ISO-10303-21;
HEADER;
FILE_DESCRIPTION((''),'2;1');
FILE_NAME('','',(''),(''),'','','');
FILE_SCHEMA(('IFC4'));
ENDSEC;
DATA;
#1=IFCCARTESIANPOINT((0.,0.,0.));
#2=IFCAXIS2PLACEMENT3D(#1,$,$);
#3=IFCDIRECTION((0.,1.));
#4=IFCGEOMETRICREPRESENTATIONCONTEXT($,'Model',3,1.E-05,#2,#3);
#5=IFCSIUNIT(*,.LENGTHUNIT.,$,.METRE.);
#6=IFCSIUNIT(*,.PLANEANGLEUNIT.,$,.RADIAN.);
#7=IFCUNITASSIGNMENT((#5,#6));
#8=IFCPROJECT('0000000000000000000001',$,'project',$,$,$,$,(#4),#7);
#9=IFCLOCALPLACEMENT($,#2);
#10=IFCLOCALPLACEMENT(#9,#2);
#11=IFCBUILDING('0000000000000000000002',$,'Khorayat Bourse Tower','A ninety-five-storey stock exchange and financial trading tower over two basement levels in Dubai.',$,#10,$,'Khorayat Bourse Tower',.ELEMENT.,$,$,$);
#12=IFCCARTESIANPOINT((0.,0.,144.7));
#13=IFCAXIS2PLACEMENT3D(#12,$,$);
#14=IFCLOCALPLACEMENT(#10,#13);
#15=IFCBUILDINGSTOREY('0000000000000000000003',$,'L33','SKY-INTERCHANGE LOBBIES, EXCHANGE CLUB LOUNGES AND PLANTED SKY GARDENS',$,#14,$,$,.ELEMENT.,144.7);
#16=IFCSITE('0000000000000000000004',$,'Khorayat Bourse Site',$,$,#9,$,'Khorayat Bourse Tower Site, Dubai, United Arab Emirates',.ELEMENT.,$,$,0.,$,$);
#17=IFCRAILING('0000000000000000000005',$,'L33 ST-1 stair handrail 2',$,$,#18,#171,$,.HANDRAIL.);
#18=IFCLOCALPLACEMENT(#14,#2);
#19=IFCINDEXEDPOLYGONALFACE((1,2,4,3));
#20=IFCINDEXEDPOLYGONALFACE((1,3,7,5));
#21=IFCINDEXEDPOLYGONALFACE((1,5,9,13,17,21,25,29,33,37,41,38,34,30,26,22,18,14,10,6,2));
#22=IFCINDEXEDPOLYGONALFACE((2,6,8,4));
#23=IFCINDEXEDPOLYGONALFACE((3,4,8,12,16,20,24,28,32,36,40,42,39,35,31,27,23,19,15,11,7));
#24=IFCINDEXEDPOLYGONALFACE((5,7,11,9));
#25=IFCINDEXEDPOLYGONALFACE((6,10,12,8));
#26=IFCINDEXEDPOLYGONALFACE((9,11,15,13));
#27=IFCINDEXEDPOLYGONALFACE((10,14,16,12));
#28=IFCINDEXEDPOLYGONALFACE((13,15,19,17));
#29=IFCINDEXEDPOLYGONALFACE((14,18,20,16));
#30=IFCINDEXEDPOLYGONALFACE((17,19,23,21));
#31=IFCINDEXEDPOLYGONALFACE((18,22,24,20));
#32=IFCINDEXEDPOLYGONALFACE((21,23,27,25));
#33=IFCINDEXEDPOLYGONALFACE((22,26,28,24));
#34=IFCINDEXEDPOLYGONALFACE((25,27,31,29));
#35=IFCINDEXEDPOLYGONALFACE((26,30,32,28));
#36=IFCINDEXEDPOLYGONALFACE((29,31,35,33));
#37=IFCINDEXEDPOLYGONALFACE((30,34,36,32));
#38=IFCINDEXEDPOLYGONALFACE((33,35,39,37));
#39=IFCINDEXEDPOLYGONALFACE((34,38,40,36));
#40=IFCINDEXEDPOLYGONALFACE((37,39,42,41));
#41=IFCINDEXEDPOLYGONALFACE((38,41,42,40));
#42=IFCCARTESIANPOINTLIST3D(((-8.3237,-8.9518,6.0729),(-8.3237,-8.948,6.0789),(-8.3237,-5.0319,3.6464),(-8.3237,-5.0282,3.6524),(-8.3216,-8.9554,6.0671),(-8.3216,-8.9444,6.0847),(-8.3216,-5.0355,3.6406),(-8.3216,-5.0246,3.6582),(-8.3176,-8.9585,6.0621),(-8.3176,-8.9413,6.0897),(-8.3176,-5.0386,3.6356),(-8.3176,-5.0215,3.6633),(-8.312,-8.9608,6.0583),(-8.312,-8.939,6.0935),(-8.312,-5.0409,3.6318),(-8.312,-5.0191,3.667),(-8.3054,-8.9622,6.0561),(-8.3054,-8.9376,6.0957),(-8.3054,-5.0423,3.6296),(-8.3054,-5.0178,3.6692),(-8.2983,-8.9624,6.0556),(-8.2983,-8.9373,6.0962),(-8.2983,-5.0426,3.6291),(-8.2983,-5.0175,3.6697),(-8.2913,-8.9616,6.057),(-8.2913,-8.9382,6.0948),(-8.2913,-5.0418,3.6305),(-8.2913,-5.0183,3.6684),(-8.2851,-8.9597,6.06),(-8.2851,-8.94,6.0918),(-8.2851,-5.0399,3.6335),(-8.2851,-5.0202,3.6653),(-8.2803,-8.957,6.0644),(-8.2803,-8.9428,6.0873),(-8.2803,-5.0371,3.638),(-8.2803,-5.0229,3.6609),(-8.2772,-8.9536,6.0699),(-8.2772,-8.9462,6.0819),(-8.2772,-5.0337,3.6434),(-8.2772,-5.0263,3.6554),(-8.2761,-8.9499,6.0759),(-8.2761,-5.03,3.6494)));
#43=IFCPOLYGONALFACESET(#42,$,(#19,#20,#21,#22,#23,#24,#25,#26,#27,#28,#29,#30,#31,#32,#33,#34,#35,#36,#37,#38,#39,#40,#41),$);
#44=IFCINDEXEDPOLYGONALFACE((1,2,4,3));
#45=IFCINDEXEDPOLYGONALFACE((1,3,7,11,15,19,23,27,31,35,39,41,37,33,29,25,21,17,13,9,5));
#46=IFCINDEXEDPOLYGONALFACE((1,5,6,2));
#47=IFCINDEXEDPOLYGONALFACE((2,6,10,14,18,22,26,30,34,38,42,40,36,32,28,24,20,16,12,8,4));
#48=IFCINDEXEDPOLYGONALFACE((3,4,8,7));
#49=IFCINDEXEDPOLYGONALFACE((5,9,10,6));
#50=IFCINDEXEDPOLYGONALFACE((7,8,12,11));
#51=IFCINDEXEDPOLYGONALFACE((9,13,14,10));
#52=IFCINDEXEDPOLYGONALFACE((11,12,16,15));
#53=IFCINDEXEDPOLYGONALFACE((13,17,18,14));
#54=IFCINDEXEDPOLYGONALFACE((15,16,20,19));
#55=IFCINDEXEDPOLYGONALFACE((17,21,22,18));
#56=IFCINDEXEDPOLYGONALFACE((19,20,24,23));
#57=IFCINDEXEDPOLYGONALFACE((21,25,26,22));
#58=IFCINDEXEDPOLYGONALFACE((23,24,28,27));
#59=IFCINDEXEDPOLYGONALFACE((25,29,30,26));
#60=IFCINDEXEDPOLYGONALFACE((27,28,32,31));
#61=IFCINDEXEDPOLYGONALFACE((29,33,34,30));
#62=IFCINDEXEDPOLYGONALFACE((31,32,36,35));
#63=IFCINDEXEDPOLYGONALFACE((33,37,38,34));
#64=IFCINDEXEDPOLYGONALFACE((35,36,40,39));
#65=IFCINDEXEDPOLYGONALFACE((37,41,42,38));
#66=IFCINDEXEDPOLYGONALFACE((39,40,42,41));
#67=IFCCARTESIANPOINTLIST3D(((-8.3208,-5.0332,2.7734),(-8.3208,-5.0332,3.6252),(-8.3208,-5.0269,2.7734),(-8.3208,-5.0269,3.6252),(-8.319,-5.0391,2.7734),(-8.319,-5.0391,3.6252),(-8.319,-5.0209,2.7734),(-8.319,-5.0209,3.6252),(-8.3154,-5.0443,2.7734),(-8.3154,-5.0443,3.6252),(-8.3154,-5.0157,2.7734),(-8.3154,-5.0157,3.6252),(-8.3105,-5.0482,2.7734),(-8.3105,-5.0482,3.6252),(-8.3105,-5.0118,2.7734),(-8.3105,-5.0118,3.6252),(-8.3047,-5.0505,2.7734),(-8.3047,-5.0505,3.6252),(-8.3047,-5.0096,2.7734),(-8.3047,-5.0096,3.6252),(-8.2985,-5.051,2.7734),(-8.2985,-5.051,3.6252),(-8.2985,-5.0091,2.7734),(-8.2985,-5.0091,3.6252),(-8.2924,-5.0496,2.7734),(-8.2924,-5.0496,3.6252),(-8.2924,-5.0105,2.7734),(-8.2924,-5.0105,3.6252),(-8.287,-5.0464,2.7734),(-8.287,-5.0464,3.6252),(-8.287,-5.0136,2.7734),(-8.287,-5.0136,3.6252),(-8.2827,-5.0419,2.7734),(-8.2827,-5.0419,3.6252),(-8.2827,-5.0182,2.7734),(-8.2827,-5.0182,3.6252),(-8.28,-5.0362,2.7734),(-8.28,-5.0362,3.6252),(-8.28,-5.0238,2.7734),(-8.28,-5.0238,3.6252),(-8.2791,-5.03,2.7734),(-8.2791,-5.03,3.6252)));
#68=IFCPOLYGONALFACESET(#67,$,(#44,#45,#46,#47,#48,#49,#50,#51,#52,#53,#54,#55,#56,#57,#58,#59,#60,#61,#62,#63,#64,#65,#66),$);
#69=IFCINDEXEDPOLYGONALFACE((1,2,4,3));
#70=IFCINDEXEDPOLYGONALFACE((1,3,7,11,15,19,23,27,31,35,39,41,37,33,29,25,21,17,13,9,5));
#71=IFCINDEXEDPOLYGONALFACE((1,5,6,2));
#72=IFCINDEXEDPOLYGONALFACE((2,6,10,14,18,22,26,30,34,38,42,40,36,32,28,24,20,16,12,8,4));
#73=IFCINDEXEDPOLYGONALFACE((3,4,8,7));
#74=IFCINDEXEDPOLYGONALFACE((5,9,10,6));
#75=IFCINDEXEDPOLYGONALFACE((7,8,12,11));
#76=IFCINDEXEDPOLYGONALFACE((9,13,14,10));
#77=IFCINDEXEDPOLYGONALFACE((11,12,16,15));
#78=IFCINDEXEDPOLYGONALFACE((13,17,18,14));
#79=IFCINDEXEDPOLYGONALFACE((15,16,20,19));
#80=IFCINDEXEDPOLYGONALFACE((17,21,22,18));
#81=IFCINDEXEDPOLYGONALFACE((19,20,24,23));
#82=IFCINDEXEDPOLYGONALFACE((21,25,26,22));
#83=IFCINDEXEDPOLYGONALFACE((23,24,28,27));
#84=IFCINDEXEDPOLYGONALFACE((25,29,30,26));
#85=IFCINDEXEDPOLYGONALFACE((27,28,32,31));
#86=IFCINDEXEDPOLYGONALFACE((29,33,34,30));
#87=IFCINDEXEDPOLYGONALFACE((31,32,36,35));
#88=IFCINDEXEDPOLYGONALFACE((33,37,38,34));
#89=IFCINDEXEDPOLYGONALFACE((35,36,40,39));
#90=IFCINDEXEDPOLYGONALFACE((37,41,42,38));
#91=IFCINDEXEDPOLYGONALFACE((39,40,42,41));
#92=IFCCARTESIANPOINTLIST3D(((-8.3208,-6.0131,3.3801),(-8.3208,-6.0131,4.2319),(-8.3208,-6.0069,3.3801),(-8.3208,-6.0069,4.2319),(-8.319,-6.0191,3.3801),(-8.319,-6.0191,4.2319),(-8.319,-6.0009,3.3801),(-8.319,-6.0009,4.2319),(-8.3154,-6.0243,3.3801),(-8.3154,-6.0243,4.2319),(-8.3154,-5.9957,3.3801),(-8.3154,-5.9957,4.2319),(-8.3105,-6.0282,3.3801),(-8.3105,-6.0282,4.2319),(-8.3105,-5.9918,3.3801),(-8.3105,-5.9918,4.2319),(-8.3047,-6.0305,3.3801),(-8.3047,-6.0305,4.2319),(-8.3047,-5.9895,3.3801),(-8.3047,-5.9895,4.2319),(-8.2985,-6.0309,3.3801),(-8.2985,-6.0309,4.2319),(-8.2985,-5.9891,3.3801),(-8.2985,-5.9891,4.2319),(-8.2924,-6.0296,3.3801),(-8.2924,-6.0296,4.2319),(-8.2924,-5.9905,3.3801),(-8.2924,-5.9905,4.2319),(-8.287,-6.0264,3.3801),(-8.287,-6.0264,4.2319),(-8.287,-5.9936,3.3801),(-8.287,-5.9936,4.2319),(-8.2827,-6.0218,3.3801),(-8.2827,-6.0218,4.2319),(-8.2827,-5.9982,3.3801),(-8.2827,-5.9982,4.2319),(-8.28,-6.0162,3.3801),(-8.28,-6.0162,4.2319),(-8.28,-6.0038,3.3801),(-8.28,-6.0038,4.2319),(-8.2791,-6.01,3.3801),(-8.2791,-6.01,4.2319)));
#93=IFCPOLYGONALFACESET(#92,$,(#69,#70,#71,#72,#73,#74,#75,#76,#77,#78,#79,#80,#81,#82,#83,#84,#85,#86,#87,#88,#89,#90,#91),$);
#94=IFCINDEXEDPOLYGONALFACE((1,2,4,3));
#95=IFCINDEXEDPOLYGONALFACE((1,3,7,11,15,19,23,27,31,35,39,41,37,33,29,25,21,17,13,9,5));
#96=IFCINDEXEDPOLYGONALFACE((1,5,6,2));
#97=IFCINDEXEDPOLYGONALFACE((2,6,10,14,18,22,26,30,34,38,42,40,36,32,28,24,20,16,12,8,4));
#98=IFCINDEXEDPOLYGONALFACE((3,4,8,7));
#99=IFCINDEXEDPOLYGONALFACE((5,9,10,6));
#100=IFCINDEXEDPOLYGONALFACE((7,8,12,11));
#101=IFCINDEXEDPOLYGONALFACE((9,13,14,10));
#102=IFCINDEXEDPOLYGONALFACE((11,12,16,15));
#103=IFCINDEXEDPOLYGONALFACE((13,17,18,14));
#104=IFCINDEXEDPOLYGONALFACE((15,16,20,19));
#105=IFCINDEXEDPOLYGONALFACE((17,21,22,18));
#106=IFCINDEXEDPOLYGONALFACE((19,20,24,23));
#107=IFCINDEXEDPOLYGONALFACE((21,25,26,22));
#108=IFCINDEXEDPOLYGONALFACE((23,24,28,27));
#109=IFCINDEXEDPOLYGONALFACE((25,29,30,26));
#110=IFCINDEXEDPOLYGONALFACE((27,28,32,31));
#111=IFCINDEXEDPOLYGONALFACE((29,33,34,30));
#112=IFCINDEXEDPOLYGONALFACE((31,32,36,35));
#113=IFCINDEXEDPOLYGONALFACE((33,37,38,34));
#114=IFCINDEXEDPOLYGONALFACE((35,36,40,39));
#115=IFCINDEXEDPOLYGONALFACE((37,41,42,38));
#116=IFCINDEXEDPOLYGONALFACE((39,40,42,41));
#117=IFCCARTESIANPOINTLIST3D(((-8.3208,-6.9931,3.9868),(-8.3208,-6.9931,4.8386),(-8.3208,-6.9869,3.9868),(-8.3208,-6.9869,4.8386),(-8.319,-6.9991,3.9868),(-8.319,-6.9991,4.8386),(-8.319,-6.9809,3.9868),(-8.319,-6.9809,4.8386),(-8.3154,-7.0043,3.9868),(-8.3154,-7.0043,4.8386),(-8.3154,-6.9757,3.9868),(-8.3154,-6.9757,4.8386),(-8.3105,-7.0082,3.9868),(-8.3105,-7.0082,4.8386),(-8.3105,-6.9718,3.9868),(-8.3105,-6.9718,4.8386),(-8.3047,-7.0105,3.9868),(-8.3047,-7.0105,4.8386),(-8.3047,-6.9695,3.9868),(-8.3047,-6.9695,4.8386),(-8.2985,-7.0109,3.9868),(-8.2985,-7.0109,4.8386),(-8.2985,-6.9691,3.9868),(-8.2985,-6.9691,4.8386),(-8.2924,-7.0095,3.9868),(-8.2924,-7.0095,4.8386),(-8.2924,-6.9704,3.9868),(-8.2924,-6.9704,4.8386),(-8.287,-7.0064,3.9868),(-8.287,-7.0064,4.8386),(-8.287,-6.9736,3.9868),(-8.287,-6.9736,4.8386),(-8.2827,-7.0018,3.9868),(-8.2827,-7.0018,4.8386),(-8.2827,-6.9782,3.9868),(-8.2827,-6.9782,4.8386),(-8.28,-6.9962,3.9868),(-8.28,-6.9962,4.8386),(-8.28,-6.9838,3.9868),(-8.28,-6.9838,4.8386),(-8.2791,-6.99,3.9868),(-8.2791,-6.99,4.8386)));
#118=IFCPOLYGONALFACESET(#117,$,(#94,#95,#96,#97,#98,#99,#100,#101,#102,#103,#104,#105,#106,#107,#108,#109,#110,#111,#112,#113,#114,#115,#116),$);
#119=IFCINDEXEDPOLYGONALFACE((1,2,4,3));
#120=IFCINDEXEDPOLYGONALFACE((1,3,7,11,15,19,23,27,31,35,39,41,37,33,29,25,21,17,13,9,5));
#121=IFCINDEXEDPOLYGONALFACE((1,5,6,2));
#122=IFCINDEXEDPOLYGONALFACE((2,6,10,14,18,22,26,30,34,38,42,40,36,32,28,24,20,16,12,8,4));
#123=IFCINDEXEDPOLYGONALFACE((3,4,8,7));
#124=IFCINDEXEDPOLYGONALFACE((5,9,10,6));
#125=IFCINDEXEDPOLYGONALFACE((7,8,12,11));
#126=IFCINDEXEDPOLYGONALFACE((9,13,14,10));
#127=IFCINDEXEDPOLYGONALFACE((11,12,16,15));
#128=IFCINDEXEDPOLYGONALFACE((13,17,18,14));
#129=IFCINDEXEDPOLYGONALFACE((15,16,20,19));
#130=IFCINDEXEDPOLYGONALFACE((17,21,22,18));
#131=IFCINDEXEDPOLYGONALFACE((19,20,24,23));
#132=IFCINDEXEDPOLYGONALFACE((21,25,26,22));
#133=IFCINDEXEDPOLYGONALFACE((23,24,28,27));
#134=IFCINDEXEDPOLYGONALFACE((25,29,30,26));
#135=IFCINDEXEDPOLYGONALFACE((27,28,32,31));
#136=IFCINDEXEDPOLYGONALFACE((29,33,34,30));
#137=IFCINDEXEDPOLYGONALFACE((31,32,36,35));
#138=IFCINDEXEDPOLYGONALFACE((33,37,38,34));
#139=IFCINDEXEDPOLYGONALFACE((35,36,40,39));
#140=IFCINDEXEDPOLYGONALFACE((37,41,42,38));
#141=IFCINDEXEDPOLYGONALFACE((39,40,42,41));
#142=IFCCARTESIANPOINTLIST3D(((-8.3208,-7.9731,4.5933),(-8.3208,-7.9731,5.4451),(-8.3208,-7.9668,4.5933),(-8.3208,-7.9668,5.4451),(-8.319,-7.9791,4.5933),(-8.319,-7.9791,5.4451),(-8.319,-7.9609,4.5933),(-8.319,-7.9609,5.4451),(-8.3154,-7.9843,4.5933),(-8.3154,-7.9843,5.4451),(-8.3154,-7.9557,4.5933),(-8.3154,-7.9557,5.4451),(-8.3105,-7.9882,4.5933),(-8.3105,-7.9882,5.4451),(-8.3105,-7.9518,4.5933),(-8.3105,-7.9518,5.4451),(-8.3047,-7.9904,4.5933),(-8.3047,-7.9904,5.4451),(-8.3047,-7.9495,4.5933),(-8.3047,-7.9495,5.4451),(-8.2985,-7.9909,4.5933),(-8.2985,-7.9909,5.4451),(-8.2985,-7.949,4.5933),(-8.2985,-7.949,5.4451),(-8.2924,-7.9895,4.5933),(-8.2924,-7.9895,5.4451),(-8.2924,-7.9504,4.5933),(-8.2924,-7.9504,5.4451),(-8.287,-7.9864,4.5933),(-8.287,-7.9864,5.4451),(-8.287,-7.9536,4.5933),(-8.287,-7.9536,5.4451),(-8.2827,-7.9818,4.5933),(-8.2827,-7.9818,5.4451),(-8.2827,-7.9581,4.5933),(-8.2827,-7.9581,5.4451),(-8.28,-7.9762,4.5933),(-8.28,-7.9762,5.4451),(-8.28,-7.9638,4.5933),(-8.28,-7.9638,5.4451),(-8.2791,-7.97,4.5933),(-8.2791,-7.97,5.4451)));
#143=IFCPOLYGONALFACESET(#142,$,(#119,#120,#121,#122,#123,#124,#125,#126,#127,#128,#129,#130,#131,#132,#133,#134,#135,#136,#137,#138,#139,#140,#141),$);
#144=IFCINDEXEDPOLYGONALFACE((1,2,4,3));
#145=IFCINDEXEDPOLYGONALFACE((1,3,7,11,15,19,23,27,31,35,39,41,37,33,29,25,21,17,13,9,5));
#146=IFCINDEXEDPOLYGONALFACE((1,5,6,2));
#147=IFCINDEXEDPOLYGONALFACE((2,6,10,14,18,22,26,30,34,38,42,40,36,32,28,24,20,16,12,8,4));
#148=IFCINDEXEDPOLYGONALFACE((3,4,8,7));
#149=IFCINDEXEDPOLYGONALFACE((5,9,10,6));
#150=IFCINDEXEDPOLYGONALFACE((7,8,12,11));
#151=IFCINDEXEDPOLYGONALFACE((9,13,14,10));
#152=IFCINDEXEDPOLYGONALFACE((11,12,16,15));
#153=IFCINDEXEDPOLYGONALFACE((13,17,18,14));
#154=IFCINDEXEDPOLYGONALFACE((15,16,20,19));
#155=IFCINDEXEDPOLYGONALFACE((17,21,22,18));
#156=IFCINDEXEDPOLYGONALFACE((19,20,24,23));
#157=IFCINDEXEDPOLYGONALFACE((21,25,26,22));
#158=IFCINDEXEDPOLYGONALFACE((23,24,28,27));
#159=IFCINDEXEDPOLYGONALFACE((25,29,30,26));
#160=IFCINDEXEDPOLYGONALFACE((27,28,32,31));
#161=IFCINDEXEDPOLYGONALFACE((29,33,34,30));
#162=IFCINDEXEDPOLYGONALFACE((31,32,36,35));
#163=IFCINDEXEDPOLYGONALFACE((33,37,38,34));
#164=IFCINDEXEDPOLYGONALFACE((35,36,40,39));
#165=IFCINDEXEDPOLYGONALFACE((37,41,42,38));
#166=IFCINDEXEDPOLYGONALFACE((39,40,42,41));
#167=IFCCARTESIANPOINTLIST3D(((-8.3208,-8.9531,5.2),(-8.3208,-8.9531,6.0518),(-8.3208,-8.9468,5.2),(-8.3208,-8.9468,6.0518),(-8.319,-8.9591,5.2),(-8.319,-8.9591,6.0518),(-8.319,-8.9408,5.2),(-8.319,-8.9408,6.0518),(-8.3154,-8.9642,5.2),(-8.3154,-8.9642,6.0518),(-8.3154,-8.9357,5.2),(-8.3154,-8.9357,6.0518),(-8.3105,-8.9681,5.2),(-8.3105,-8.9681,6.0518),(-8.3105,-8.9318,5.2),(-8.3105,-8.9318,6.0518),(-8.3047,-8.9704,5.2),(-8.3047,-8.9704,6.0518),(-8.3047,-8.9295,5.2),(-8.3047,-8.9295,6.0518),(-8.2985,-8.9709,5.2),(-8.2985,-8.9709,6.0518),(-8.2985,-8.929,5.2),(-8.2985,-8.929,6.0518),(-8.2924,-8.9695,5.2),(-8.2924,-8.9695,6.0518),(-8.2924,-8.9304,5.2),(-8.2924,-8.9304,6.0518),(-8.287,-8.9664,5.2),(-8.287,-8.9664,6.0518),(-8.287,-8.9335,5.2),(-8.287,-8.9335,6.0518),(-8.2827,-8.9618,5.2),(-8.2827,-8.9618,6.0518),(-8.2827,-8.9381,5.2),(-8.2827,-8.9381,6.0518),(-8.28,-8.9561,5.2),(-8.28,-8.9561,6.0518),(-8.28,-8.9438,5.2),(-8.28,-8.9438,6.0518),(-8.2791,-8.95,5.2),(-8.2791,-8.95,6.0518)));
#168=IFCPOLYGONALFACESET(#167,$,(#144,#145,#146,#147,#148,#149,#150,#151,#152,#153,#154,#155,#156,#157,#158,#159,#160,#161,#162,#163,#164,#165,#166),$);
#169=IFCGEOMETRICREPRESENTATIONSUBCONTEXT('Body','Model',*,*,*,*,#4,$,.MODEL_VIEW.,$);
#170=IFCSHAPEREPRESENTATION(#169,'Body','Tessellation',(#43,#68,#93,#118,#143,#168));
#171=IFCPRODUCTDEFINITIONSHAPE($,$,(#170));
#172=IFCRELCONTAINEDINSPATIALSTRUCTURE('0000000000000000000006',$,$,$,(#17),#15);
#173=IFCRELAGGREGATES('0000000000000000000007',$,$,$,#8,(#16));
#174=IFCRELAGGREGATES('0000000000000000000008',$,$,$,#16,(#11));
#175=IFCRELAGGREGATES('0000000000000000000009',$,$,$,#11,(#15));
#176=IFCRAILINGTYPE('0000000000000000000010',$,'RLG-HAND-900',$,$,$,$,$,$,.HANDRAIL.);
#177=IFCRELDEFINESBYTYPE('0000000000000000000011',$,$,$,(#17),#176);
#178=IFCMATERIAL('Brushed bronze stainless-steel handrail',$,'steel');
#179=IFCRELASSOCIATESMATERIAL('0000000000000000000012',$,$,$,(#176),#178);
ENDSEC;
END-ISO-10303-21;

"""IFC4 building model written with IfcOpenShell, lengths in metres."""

from ifc_helpers import new_model, si_unit, direction, frame, origin, origin_2d, place, context, subcontext, project, spatial, circle, extrude, source, transform, mapped, material, type_object, element, save


model = new_model("IFC4")

# Units and contexts
model_context = context("Model", 3, precision=1e-05, world=origin(), true_north=direction((0.0, 1.0)))
body_context = subcontext(model_context, "Body", "Model", "MODEL_VIEW")
ifc_project = project(units=[si_unit("LENGTHUNIT", "METRE"), si_unit("PLANEANGLEUNIT", "RADIAN")], contexts=[model_context])

# Site, building, storey
site_placement = place(None, origin())
site = spatial("IfcSite", under=ifc_project, at=site_placement, Name="Khorayat Bourse Site", LongName="Khorayat Bourse Tower Site, Dubai, United Arab Emirates", CompositionType="ELEMENT", RefElevation=0.0)
building_placement = place(site_placement, origin())
building = spatial("IfcBuilding", under=site, at=building_placement, Name="Khorayat Bourse Tower", Description="A ninety-five-storey stock exchange and financial trading tower over two basement levels in Dubai.", LongName="Khorayat Bourse Tower", CompositionType="ELEMENT")
storey_placement = place(building_placement, frame((0.0, 0.0, 144.7)))
storey = spatial("IfcBuildingStorey", under=building, at=storey_placement, Name="L33", Description="SKY-INTERCHANGE LOBBIES, EXCHANGE CLUB LOUNGES AND PLANTED SKY GARDENS", CompositionType="ELEMENT", Elevation=144.7)

# Railing
ifc_material_1 = material(Name="Brushed bronze stainless-steel handrail", Category="steel")
railing_type_1 = type_object("IfcRailingType", Name="RLG-HAND-900", PredefinedType="HANDRAIL", material=ifc_material_1)
shared_shape_1 = source(origin(), body_context, "Body", "SweptSolid", [
    extrude(circle(Radius=0.0239, at=origin_2d()), frame((0.0, 0.0, 0.876), z_axis=(0.0, -0.850275, 0.526338), x_axis=(1.0, 0.0, 0.0)), (0.0, 0.0, 1.0), 4.6101),
    extrude(circle(Radius=0.021, at=origin_2d()), origin(), (0.0, 0.0, 1.0), 0.8518),
    extrude(circle(Radius=0.021, at=origin_2d()), frame((0.0, -0.98, 0.6067)), (0.0, 0.0, 1.0), 0.8518),
    extrude(circle(Radius=0.021, at=origin_2d()), frame((0.0, -1.96, 1.2134)), (0.0, 0.0, 1.0), 0.8518),
    extrude(circle(Radius=0.021, at=origin_2d()), frame((0.0, -2.9399, 1.8198)), (0.0, 0.0, 1.0), 0.8518),
    extrude(circle(Radius=0.021, at=origin_2d()), frame((0.0, -3.9199, 2.4265)), (0.0, 0.0, 1.0), 0.8518),
])
railing_1_placement = place(storey_placement, frame((-8.3, -5.03, 2.7734)))
element("IfcRailing", 1, at=railing_1_placement, inside=storey, type_object=railing_type_1, Name="L33 ST-1 stair handrail 2", PredefinedType="HANDRAIL", context=body_context, shape_type="MappedRepresentation", body=[
    mapped(shared_shape_1, transform((0.0, 0.0, 0.0), scale=1.0)),
])

save(model, "model.ifc")
